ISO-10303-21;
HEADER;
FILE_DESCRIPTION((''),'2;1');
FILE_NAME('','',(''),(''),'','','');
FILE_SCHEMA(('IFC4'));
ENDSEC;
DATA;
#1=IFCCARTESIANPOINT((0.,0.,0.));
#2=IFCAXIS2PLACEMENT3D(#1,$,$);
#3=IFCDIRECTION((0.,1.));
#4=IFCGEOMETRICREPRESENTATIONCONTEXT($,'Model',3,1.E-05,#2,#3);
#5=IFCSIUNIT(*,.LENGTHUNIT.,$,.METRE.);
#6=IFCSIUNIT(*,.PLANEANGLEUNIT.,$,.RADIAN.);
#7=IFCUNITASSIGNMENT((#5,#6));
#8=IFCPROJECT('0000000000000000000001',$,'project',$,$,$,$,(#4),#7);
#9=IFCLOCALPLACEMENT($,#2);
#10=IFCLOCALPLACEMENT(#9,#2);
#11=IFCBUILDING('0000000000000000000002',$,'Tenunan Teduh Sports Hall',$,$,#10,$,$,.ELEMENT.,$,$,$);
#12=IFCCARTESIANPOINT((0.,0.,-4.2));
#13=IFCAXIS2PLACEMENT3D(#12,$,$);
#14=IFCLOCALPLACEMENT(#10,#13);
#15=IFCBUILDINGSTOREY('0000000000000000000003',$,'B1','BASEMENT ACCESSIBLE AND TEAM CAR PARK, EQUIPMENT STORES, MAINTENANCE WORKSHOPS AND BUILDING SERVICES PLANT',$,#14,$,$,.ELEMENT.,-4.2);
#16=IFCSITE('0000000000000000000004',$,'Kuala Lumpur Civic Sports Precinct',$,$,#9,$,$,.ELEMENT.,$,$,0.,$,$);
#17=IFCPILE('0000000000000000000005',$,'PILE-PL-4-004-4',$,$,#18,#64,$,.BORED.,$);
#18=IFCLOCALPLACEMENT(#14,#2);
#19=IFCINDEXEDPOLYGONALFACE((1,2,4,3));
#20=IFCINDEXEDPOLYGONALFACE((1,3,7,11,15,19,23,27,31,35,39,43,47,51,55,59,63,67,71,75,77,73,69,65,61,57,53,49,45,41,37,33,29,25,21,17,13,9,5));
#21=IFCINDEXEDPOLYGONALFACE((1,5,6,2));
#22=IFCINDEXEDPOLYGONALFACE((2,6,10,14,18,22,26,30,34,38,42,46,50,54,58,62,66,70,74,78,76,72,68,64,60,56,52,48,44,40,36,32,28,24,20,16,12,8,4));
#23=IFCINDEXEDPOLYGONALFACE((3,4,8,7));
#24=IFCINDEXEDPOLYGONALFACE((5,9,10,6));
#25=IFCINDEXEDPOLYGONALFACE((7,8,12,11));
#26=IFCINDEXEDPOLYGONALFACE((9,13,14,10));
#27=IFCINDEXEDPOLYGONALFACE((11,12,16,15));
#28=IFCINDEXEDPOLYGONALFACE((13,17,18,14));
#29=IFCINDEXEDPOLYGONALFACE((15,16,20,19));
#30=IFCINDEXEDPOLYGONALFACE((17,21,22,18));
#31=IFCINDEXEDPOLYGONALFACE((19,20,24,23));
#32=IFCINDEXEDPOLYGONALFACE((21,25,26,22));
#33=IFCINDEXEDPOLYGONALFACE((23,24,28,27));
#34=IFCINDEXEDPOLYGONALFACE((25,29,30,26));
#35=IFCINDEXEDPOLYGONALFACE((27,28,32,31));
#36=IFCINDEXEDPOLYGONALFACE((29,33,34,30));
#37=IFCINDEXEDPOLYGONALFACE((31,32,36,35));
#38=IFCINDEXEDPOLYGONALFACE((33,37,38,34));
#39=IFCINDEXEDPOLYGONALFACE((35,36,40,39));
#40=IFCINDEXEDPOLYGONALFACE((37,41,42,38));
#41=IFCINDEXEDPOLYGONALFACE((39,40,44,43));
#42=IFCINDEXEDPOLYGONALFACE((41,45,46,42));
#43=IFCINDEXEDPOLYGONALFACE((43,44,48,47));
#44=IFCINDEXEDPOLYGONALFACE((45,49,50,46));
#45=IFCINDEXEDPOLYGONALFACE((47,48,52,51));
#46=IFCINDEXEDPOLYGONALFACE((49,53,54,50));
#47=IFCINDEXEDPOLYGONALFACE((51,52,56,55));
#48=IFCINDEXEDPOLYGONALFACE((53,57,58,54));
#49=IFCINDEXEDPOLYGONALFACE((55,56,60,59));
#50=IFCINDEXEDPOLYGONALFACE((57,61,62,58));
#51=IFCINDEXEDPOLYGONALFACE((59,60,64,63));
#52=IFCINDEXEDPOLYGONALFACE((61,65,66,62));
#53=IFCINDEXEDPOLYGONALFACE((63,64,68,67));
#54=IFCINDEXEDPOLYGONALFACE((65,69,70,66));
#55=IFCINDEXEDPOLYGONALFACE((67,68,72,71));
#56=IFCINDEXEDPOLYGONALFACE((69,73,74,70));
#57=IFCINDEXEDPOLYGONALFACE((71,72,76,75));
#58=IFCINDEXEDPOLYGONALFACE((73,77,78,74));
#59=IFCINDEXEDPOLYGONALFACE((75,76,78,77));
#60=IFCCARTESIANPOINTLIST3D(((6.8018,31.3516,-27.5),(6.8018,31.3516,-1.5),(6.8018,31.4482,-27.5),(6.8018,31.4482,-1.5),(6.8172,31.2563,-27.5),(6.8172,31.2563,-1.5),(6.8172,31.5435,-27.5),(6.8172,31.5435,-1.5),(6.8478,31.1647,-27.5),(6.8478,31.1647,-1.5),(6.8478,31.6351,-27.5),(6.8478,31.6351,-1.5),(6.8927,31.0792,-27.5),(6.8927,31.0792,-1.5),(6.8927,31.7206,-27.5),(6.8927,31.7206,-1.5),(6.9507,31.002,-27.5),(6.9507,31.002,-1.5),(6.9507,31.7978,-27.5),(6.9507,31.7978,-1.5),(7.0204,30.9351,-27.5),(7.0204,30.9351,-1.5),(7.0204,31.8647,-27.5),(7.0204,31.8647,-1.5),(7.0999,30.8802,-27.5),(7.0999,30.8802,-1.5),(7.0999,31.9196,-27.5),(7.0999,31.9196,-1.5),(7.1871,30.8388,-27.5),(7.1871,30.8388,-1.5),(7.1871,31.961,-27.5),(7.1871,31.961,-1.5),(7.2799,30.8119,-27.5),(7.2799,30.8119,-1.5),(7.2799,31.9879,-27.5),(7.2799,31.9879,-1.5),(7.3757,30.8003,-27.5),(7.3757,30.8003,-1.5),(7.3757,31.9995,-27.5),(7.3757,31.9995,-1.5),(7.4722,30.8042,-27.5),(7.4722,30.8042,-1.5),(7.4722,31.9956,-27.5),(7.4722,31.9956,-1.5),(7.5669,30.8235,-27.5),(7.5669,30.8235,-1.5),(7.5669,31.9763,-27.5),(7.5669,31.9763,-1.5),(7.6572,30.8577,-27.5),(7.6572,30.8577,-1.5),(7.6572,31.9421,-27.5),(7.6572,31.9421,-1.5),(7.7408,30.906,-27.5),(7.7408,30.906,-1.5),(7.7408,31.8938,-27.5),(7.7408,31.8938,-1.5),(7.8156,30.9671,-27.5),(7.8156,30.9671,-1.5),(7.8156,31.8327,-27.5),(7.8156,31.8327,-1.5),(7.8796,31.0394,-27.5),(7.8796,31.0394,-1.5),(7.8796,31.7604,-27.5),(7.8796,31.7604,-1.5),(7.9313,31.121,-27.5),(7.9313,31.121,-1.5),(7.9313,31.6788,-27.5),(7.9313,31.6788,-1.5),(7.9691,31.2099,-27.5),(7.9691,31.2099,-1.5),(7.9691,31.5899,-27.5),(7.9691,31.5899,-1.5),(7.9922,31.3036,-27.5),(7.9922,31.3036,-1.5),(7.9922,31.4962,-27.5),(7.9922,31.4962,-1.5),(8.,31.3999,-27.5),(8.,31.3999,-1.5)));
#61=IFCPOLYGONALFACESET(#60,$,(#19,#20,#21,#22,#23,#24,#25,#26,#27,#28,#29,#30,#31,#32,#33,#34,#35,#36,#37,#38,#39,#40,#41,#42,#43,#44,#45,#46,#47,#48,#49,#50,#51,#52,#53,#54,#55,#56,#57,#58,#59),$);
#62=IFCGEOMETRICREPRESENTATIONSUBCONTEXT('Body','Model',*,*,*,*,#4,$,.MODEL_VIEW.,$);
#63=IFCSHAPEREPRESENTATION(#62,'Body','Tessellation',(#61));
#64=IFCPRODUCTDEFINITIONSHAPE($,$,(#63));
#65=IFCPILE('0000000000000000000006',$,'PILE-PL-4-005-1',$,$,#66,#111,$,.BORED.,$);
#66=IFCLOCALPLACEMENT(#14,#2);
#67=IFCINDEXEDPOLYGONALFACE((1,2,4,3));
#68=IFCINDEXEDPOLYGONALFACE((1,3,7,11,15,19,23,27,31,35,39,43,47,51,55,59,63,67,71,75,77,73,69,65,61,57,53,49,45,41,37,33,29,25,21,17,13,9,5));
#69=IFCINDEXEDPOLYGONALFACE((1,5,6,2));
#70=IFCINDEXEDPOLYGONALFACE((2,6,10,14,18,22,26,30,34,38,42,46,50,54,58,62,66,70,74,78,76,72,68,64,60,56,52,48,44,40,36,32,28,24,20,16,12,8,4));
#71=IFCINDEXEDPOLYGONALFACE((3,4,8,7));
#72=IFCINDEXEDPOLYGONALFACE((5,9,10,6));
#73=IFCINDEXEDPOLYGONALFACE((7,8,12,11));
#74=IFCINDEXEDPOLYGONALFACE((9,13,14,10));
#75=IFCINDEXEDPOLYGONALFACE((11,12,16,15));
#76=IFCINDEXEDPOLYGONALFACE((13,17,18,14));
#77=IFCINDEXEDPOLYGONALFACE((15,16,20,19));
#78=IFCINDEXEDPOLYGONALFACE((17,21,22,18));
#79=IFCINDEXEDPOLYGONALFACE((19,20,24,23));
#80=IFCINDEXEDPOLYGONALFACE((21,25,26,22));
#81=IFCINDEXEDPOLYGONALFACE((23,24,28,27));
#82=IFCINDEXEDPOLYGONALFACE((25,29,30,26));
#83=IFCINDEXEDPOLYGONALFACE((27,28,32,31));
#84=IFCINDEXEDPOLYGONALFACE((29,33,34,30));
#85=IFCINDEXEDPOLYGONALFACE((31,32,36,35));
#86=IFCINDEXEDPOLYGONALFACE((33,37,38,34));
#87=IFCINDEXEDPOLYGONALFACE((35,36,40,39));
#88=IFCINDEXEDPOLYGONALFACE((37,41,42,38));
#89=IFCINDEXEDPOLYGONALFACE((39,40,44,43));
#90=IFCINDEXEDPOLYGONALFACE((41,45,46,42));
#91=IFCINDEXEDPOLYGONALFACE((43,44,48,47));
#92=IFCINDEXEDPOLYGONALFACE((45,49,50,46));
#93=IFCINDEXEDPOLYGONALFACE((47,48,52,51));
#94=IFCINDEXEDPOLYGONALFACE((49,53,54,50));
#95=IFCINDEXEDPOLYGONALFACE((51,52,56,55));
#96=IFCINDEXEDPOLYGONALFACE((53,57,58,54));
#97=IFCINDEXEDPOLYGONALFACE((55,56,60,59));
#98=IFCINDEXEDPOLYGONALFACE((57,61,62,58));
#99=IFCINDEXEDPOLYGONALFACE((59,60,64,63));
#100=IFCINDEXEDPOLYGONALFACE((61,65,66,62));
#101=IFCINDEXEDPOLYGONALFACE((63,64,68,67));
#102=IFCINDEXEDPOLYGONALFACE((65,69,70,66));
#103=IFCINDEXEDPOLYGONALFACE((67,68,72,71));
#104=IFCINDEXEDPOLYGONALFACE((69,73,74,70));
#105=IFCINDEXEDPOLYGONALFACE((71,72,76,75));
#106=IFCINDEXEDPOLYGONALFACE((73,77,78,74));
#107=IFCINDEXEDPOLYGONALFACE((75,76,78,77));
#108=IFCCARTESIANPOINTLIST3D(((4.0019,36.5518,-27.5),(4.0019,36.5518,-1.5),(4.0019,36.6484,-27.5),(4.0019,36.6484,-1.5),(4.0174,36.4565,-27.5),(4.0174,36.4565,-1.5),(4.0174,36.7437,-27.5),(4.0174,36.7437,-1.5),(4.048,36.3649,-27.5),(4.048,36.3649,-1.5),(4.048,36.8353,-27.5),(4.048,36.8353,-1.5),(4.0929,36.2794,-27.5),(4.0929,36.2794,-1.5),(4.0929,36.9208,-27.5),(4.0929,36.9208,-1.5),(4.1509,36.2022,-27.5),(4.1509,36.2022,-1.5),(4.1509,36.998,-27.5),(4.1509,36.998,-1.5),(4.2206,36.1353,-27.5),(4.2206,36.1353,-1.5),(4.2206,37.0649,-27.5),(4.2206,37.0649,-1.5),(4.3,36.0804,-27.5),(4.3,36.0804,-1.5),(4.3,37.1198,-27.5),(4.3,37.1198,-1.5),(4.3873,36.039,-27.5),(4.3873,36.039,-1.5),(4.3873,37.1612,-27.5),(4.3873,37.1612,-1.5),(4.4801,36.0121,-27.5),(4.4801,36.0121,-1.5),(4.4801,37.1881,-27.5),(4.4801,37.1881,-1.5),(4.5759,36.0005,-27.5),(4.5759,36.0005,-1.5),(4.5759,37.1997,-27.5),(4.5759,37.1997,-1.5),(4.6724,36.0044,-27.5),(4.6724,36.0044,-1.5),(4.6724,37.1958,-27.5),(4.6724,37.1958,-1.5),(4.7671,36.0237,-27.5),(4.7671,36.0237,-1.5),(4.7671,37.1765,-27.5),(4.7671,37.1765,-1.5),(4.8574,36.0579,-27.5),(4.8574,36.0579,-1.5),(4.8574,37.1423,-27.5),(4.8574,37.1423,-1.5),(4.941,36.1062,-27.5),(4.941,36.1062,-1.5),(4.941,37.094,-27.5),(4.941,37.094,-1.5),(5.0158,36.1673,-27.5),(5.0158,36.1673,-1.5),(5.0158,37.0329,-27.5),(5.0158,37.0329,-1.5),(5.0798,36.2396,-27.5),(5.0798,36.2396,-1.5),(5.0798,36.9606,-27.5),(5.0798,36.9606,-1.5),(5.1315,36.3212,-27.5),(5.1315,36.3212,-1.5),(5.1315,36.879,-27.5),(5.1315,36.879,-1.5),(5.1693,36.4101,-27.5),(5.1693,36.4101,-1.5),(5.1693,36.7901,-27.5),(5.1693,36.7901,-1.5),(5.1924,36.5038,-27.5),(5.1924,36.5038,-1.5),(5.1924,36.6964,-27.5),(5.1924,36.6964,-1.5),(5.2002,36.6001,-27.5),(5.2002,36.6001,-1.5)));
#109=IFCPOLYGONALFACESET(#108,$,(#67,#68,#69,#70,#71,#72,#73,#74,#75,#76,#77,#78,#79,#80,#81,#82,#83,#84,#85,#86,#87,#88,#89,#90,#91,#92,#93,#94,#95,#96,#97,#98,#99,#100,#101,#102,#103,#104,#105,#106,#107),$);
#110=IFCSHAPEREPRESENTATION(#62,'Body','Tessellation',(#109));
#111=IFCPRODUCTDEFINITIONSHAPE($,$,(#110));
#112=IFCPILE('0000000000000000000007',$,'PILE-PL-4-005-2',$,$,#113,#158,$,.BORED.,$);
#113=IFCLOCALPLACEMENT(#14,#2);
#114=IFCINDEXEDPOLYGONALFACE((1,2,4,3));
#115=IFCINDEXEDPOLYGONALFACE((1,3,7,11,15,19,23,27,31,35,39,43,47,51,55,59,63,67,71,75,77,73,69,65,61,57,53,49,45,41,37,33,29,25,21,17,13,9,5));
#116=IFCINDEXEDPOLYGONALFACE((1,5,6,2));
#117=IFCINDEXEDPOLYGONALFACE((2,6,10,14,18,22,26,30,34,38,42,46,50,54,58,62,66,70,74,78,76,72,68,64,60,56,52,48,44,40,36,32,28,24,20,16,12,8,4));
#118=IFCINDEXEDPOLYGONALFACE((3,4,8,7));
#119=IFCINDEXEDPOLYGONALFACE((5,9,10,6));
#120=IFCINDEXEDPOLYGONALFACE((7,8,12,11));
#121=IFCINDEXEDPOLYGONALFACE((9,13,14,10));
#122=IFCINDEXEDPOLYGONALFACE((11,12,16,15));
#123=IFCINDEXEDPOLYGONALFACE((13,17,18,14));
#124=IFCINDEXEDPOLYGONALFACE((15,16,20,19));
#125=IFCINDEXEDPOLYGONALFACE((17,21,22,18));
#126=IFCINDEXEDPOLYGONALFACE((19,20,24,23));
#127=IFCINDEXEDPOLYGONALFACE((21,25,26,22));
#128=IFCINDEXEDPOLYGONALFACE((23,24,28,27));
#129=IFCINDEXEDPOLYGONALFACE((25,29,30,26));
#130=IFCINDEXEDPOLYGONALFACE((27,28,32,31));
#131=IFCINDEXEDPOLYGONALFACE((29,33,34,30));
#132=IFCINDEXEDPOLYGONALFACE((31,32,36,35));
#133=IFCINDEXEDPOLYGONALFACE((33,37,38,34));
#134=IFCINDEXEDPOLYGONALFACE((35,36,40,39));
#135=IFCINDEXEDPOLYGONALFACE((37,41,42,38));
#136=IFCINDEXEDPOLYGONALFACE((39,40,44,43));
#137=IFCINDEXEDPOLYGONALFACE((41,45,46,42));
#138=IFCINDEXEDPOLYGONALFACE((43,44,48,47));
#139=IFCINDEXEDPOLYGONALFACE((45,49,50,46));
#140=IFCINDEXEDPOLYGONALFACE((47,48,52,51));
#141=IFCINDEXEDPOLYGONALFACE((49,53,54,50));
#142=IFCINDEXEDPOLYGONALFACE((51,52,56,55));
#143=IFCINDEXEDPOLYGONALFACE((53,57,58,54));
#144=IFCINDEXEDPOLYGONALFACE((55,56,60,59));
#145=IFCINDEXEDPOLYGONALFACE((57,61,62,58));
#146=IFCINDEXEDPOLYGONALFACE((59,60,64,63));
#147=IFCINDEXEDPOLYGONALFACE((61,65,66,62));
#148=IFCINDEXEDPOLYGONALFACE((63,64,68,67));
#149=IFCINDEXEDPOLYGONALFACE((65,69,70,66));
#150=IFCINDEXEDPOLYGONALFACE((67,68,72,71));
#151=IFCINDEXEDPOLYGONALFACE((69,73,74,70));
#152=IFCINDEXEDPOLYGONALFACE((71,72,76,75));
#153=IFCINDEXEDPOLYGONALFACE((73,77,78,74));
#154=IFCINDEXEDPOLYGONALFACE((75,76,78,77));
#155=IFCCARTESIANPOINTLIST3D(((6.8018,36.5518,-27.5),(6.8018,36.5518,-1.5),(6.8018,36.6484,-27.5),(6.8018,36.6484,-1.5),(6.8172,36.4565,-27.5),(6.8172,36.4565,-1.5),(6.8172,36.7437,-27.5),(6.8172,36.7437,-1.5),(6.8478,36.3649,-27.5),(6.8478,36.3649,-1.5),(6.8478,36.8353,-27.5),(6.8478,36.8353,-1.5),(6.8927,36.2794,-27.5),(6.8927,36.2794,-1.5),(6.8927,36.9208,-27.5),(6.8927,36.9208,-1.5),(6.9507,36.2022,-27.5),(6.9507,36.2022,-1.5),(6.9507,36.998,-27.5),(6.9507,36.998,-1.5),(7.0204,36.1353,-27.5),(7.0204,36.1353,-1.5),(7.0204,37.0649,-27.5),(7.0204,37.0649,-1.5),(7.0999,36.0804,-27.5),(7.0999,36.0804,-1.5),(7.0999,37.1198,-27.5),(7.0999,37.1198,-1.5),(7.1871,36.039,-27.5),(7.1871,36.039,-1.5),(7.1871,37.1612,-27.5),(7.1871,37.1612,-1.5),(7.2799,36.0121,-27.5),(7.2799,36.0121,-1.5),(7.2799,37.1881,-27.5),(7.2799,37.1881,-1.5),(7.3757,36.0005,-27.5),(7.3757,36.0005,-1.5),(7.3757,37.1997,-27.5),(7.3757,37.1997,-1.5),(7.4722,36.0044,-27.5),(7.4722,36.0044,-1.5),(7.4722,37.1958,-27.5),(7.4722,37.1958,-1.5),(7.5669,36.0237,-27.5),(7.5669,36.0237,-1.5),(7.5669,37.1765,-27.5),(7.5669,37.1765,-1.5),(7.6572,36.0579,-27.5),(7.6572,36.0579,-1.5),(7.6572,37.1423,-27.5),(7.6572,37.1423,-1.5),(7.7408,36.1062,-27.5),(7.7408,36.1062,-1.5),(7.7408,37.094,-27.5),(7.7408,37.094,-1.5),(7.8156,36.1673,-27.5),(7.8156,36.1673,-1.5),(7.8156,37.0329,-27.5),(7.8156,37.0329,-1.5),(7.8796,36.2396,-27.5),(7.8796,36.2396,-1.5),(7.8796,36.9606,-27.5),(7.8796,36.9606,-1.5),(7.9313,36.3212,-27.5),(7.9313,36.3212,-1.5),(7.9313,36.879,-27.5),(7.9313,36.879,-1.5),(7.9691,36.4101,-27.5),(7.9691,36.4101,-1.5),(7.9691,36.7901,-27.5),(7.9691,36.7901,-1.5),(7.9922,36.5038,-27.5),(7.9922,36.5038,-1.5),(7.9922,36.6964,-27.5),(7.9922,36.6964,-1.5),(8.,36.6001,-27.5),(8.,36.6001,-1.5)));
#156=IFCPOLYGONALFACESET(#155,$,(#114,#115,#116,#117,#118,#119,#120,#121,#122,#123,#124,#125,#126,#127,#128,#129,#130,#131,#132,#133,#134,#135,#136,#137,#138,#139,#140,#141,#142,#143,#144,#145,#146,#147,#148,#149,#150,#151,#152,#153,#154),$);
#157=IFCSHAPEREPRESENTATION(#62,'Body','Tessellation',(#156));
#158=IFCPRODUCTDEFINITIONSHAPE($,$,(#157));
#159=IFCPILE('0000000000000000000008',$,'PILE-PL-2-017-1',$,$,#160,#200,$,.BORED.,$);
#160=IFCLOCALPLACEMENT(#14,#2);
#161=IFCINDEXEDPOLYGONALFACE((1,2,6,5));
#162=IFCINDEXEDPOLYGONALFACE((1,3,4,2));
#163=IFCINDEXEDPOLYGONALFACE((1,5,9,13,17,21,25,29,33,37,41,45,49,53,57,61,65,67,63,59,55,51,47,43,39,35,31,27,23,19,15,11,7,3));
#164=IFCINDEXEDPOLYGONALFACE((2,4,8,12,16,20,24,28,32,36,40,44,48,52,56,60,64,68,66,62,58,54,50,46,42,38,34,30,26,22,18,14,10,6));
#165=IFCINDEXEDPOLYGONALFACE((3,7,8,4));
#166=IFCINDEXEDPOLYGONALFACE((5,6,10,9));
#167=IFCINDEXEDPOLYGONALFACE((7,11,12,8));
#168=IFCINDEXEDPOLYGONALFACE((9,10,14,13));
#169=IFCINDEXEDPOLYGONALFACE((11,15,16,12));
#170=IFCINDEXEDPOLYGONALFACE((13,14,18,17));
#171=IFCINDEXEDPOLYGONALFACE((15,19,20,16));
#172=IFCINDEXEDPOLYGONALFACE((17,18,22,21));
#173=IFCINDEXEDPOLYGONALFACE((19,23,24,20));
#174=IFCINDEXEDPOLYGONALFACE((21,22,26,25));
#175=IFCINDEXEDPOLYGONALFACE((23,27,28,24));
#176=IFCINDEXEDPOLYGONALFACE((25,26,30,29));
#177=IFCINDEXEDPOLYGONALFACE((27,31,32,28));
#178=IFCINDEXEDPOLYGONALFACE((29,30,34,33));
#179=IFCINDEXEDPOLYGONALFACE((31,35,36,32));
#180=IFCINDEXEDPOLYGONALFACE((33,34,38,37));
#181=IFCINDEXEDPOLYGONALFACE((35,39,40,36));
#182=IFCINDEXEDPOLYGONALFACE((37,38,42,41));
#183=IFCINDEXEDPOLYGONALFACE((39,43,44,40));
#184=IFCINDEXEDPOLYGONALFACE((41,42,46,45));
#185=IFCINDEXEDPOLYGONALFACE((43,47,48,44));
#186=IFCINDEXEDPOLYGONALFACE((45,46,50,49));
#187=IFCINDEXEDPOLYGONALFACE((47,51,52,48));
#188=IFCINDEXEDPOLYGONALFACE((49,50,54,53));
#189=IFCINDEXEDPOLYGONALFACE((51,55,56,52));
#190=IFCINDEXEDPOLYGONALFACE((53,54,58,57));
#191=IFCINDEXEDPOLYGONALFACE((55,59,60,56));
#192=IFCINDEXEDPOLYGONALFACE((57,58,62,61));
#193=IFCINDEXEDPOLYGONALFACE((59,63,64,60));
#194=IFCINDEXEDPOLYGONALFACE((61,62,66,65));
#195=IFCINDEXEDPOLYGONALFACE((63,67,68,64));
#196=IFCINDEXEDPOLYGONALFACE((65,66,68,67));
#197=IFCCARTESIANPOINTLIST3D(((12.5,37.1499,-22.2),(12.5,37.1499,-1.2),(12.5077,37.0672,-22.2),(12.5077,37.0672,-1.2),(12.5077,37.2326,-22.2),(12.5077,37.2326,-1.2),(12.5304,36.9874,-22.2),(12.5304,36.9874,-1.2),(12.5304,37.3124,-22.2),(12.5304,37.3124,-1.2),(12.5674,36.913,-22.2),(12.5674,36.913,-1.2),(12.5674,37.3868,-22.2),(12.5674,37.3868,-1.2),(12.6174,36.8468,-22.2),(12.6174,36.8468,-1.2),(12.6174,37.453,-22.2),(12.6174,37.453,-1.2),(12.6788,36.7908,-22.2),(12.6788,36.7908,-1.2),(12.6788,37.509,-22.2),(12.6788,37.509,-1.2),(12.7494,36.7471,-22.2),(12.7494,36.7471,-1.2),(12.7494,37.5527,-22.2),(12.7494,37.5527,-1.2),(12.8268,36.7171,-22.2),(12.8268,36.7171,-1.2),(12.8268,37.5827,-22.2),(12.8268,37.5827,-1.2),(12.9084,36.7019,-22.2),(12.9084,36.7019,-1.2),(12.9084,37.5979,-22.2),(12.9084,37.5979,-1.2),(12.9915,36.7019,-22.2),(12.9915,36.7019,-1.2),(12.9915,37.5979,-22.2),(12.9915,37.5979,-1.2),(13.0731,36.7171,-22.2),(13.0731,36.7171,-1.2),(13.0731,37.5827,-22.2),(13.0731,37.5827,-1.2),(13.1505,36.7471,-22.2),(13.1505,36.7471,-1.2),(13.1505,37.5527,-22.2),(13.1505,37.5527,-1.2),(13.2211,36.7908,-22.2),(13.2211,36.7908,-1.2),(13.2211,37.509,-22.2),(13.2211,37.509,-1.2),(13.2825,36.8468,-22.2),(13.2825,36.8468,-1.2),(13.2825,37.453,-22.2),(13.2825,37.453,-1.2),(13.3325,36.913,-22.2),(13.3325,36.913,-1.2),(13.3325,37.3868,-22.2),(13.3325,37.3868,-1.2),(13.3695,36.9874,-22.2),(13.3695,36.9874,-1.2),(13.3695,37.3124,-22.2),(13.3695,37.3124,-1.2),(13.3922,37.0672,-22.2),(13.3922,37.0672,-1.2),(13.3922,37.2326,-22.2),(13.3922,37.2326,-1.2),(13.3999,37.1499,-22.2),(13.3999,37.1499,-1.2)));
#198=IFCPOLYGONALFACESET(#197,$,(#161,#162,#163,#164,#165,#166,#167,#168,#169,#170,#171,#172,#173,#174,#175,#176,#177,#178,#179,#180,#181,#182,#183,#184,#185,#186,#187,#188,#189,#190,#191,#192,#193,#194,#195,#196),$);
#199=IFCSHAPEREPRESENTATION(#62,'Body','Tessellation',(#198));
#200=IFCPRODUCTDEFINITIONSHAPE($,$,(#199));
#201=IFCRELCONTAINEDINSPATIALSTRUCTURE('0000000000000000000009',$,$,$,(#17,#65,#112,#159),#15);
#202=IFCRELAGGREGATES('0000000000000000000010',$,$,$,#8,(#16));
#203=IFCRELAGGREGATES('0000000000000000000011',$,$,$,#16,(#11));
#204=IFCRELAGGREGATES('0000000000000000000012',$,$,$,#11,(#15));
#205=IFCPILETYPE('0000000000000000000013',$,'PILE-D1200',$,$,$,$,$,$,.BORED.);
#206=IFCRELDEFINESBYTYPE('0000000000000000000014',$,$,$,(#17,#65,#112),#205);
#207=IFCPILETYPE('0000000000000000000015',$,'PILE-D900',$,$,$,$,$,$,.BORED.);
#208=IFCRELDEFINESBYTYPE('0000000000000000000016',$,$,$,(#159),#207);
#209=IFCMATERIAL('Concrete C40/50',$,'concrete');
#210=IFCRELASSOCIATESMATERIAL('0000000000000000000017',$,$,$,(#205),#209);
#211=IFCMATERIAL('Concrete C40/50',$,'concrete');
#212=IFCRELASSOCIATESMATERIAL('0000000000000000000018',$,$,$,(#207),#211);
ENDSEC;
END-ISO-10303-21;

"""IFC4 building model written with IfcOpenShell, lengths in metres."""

from ifc_helpers import new_model, si_unit, direction, frame, origin, origin_2d, place, context, subcontext, project, spatial, circle, extrude, material, material_profile, profile_set, type_object, element, save


model = new_model("IFC4")

# Units and contexts
model_context = context("Model", 3, precision=1e-05, world=origin(), true_north=direction((0.0, 1.0)))
body_context = subcontext(model_context, "Body", "Model", "MODEL_VIEW")
ifc_project = project(units=[si_unit("LENGTHUNIT", "METRE"), si_unit("PLANEANGLEUNIT", "RADIAN")], contexts=[model_context])

# Site, building, storey
site_placement = place(None, origin())
site = spatial("IfcSite", under=ifc_project, at=site_placement, Name="Kuala Lumpur Civic Sports Precinct", CompositionType="ELEMENT", RefElevation=0.0)
building_placement = place(site_placement, origin())
building = spatial("IfcBuilding", under=site, at=building_placement, Name="Tenunan Teduh Sports Hall", CompositionType="ELEMENT")
storey_placement = place(building_placement, frame((0.0, 0.0, -4.2)))
storey = spatial("IfcBuildingStorey", under=building, at=storey_placement, Name="B1", Description="BASEMENT ACCESSIBLE AND TEAM CAR PARK, EQUIPMENT STORES, MAINTENANCE WORKSHOPS AND BUILDING SERVICES PLANT", CompositionType="ELEMENT", Elevation=-4.2)

# Piles
ifc_material_1 = material(Name="Concrete C40/50", Category="concrete")
ifc_material_profile_1 = material_profile(ifc_material_1, circle(Radius=0.6001, at=origin_2d()), Name="PILE D1200")
ifc_profile_set_1 = profile_set([ifc_material_profile_1], Name="Concrete C40/50")
pile_type_1 = type_object("IfcPileType", Name="PILE-D1200", PredefinedType="BORED", material=ifc_profile_set_1)
for number, where, z_axis, x_axis, name in (
    (1, (7.3999, 31.3999, -1.5), (0.0, 0.0, -1.0), (1.0, 0.0, 0.0), "PILE-PL-4-004-4"),
    (2, (4.6001, 36.6001, -1.5), (0.0, 0.0, -1.0), (1.0, 0.0, 0.0), "PILE-PL-4-005-1"),
    (3, (7.3999, 36.6001, -1.5), (0.0, 0.0, -1.0), (1.0, 0.0, 0.0), "PILE-PL-4-005-2"),
):
    element("IfcPile", number, at=place(storey_placement, frame(where, z_axis=z_axis, x_axis=x_axis)), inside=storey, type_object=pile_type_1, Name=name, PredefinedType="BORED", context=body_context, shape_type="SweptSolid", body=[
        extrude(circle(Radius=0.6001, at=origin_2d()), origin(), (0.0, 0.0, 1.0), 26.0),
    ])
ifc_material_2 = material(Name="Concrete C40/50", Category="concrete")
ifc_material_profile_2 = material_profile(ifc_material_2, circle(Radius=0.45, at=origin_2d()), Name="PILE D900")
ifc_profile_set_2 = profile_set([ifc_material_profile_2], Name="Concrete C40/50")
pile_type_2 = type_object("IfcPileType", Name="PILE-D900", PredefinedType="BORED", material=ifc_profile_set_2)
pile_placement = place(storey_placement, frame((12.95, 37.1499, -1.2), z_axis=(0.0, 0.0, -1.0), x_axis=(1.0, 0.0, 0.0)))
element("IfcPile", 4, at=pile_placement, inside=storey, type_object=pile_type_2, Name="PILE-PL-2-017-1", PredefinedType="BORED", context=body_context, shape_type="SweptSolid", body=[
    extrude(circle(Radius=0.45, at=origin_2d()), origin(), (0.0, 0.0, 1.0), 21.0),
])

save(model, "model.ifc")
